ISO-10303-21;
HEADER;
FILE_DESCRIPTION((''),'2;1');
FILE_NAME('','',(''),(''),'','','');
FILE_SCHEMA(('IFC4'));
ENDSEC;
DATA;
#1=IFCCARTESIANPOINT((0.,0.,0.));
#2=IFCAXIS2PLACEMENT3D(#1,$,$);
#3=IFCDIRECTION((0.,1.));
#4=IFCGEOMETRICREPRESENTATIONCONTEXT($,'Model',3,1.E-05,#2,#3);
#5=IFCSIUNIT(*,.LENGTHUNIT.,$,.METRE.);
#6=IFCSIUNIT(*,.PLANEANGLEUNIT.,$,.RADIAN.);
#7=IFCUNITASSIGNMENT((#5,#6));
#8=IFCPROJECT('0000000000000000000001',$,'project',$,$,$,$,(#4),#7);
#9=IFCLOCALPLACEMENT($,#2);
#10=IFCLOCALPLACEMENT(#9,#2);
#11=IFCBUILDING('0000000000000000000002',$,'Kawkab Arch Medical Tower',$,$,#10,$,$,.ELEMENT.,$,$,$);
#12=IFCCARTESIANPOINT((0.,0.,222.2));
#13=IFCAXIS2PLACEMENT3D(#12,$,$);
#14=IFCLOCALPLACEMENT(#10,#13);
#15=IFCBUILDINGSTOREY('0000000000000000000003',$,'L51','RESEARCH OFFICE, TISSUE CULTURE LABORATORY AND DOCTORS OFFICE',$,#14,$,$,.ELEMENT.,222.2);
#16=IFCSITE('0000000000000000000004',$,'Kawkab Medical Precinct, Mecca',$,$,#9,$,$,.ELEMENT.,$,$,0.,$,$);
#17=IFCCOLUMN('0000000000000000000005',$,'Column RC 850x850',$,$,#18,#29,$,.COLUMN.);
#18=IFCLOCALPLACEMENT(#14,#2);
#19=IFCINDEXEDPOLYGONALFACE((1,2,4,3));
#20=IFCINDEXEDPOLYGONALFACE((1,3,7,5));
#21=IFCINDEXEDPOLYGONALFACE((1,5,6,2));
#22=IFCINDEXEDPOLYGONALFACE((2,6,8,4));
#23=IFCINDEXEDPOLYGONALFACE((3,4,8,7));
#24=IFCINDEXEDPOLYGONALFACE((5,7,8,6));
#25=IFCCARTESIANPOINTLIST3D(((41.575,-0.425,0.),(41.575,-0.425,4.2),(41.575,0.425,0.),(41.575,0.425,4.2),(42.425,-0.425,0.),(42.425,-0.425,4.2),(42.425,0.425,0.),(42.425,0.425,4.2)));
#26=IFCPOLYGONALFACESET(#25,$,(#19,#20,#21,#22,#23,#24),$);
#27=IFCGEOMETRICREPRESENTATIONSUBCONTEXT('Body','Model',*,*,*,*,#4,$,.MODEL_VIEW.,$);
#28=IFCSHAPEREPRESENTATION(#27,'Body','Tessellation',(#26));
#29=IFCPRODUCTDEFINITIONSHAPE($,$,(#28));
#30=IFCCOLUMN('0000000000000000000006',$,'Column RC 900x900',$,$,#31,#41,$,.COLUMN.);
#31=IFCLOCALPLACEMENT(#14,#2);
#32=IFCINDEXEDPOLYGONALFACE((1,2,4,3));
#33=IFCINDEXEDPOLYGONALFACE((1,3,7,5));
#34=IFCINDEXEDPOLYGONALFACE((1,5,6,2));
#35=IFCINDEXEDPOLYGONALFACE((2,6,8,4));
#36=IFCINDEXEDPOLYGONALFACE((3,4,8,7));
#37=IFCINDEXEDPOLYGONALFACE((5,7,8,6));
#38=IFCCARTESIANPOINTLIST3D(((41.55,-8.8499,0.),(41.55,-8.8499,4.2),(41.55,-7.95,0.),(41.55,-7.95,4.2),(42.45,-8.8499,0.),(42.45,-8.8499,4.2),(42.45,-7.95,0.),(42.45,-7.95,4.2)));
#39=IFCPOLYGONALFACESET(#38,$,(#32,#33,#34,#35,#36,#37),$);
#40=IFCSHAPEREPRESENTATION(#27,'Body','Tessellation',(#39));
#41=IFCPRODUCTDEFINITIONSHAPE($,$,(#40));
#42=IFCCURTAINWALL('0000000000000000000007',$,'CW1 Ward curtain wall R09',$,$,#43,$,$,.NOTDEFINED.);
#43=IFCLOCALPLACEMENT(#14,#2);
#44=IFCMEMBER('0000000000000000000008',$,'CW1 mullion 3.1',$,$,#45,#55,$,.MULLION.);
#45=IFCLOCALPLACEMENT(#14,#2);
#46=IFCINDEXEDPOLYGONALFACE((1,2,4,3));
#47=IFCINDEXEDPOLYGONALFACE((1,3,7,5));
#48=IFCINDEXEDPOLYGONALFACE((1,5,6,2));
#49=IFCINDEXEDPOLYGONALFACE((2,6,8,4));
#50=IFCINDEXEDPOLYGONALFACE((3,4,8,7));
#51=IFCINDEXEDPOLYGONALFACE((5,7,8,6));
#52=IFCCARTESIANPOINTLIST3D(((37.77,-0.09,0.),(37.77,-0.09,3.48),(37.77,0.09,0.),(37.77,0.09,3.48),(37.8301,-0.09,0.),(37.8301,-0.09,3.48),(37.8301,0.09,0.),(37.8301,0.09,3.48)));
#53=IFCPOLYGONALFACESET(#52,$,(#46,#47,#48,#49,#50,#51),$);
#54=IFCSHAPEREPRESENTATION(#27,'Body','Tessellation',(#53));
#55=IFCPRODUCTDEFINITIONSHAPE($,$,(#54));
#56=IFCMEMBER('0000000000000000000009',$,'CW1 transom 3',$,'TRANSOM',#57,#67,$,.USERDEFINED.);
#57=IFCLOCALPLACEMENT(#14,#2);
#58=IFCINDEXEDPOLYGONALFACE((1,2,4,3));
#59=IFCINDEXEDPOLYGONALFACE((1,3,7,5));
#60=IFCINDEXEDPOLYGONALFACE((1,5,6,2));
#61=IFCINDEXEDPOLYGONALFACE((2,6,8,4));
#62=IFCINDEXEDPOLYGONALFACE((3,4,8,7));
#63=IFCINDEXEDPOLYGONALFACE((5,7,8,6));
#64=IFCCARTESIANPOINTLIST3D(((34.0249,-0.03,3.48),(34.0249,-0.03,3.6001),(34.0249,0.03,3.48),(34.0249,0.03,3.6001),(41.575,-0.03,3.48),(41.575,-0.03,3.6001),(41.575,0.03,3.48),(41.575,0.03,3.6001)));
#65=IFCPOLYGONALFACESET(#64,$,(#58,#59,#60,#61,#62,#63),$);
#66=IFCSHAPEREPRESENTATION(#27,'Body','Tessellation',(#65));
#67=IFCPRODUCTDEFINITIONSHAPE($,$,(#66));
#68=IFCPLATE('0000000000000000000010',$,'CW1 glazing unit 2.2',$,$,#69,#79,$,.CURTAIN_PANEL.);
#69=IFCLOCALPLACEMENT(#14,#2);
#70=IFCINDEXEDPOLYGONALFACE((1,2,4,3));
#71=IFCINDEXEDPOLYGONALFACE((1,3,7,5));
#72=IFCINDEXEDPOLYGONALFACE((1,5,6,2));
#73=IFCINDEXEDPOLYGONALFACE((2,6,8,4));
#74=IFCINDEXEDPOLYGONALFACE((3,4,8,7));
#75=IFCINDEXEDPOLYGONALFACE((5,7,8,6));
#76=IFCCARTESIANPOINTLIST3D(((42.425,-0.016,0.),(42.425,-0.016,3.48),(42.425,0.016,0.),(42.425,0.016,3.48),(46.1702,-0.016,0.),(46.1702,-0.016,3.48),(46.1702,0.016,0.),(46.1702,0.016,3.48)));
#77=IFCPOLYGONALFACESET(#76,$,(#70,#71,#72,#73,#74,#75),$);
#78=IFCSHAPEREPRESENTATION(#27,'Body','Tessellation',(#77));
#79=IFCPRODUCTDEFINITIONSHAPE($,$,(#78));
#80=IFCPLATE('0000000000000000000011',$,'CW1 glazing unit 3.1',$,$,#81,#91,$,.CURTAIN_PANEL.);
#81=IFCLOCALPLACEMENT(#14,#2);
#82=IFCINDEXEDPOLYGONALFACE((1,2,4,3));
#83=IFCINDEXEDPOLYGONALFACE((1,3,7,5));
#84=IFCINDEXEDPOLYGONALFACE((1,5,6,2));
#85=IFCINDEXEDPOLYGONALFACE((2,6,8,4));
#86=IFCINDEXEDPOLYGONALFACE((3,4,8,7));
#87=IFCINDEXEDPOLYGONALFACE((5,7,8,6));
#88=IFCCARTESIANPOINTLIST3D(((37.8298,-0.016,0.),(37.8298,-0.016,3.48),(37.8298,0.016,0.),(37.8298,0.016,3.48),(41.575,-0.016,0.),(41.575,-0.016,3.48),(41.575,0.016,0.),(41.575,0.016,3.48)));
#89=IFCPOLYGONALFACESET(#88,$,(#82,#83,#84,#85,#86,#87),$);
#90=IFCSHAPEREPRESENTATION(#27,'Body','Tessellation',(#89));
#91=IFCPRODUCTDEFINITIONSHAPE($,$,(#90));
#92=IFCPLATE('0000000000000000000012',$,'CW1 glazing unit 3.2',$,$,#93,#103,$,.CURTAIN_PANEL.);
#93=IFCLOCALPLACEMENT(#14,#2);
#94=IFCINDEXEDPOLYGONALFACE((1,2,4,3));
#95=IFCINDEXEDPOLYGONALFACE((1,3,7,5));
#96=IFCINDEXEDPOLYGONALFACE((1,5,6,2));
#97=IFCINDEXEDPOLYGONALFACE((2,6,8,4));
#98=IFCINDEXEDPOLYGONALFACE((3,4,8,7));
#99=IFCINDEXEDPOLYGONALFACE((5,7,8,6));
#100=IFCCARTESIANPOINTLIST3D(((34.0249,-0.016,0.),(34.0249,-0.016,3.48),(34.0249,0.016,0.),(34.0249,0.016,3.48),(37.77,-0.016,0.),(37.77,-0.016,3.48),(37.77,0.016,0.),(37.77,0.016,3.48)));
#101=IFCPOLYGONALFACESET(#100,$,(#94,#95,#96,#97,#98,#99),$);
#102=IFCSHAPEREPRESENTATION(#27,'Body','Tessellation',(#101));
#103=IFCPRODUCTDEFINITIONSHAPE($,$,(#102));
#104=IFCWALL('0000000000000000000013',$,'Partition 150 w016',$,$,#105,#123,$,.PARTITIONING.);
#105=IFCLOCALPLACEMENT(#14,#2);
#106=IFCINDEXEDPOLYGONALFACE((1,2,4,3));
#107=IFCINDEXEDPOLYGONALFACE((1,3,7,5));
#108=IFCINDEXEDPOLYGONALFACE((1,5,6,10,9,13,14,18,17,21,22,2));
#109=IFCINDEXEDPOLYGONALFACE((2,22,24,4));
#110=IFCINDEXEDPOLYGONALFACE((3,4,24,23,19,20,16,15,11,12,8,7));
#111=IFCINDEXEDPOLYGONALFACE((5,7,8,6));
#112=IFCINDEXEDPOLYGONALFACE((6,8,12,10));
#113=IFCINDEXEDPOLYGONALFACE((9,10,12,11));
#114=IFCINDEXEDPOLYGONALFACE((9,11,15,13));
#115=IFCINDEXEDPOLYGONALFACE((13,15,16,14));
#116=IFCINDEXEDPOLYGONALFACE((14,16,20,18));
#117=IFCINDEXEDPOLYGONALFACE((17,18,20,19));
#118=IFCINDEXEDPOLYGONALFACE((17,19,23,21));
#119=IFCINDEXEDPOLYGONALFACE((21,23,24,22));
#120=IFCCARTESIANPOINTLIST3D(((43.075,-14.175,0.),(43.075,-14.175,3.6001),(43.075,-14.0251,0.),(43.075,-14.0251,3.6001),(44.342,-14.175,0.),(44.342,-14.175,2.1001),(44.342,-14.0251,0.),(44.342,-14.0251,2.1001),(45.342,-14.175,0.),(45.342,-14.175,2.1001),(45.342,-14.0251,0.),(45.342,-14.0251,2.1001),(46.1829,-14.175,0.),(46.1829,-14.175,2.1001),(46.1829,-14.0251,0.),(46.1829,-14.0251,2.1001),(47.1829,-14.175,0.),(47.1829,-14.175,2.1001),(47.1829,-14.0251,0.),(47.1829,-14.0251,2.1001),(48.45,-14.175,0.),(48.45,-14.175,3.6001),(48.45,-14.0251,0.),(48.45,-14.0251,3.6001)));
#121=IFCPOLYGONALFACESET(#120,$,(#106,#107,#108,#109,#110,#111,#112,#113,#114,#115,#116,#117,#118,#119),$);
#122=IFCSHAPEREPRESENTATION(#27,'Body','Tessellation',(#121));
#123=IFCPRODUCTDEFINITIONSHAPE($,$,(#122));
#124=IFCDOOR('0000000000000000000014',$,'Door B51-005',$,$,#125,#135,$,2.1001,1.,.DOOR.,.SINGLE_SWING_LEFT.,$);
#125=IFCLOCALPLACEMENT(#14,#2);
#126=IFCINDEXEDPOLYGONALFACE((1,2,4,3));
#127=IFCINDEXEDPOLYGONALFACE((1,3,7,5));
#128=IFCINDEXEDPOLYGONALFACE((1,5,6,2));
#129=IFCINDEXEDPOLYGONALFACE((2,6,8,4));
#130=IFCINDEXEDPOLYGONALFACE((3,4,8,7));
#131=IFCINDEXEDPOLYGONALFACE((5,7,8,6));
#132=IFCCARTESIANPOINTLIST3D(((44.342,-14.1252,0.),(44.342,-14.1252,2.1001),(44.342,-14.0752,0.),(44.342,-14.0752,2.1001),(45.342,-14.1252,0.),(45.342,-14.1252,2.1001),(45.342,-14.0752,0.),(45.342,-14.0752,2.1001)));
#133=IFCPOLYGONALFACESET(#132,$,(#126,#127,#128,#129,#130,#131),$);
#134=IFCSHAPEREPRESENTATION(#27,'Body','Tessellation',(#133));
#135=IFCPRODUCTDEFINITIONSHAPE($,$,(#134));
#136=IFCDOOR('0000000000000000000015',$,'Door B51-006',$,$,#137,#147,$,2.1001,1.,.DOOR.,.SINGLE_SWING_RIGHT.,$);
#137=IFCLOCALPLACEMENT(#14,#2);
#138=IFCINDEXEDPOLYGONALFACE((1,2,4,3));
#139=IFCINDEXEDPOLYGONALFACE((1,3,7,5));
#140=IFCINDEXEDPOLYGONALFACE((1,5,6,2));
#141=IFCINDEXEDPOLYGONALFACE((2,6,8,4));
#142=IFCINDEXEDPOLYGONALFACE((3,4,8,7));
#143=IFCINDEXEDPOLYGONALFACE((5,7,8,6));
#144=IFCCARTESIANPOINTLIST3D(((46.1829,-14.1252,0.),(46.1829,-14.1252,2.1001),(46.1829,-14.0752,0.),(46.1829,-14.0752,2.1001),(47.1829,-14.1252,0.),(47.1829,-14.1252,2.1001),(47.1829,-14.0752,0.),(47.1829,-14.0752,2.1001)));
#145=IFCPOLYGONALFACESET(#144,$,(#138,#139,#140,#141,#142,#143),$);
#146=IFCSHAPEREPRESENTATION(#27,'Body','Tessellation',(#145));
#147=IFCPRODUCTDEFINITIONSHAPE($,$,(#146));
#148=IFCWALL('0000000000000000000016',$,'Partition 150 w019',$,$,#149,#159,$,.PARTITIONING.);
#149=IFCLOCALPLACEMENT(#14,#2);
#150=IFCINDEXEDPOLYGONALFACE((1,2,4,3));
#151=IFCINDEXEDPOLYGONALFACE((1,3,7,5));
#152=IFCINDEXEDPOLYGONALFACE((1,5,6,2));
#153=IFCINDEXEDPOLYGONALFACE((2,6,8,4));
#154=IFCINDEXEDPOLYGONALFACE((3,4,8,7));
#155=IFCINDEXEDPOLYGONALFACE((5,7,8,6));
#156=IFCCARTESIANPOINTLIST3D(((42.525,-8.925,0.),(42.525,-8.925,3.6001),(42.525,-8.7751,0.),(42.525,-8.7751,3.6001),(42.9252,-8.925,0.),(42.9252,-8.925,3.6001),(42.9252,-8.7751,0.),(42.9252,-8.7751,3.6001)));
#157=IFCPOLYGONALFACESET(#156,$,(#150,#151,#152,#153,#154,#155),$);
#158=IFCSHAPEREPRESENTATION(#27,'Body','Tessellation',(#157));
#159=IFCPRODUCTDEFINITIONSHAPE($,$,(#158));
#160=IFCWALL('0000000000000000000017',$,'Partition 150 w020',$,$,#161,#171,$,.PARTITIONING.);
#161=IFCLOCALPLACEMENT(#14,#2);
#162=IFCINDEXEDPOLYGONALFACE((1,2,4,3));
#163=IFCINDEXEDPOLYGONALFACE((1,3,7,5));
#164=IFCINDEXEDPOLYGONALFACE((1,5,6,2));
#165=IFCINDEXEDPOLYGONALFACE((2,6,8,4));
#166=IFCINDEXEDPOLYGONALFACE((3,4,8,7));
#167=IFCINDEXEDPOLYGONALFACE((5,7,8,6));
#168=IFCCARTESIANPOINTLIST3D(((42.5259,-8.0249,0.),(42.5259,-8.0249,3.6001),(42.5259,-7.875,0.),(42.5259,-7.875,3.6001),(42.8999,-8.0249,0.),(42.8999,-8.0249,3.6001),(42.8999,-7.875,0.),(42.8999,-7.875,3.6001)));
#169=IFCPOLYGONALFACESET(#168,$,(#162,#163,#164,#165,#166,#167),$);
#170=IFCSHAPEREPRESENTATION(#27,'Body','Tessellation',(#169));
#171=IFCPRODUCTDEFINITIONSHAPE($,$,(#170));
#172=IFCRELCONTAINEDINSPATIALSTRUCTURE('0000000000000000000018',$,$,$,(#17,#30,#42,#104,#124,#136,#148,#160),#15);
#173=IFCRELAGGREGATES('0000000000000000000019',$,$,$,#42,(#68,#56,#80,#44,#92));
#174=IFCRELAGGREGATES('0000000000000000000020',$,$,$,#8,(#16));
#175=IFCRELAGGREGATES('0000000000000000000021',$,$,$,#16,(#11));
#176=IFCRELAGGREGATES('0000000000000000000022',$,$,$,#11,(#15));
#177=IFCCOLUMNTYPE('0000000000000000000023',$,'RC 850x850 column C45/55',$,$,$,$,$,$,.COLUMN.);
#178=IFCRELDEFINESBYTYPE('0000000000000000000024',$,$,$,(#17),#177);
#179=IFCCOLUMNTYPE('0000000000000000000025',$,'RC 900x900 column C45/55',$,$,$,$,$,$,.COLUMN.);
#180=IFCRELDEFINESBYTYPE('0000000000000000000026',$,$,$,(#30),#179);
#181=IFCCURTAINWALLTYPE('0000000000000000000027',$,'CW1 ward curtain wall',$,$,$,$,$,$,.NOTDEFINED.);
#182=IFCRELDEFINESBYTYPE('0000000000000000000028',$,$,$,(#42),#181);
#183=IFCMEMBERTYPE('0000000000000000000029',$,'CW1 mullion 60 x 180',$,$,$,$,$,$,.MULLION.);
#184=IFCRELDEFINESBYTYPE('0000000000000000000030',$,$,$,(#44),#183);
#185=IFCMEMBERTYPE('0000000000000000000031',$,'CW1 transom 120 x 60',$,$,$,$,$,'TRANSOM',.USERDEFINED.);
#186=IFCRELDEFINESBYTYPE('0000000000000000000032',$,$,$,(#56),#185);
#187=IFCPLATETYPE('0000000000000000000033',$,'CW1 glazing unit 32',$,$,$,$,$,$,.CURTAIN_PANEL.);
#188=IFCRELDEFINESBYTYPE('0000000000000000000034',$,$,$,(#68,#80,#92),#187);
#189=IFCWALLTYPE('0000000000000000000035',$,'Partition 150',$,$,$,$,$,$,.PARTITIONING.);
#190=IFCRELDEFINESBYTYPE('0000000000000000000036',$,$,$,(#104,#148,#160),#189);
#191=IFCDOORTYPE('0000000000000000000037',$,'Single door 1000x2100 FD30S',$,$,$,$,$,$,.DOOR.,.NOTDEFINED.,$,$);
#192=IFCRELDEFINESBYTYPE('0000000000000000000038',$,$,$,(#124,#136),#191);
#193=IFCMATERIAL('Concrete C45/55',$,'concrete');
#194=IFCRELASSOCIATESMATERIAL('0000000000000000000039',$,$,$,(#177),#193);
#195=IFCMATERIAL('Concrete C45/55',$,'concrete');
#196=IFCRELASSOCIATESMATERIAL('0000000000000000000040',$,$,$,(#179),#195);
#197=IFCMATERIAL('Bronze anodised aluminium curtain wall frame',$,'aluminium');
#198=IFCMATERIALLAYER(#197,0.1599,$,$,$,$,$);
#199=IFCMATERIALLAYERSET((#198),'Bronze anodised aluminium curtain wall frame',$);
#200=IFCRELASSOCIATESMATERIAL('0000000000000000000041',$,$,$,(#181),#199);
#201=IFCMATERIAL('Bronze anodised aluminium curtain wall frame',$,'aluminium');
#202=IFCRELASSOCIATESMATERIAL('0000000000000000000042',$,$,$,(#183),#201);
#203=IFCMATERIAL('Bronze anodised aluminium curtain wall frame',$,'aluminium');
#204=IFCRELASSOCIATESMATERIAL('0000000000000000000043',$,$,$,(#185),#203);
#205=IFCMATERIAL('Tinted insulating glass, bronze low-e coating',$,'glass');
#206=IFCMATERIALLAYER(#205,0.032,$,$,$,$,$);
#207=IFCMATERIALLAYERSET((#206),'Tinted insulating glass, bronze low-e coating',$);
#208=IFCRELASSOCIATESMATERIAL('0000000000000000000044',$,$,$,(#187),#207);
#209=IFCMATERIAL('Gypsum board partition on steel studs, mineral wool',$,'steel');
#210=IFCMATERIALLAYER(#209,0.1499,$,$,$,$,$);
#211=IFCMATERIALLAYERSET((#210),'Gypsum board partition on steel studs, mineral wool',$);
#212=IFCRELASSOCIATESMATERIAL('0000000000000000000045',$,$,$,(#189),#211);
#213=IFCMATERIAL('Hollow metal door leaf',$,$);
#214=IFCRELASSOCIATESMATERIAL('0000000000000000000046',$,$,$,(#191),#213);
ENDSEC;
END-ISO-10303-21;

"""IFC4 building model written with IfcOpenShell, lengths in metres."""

from ifc_helpers import new_model, si_unit, direction, frame, frame_2d, origin, origin_2d, place, context, subcontext, project, spatial, rectangle, extrude, material, layer, layer_set, material_profile, profile_set, type_object, element, fill, aggregate, save


model = new_model("IFC4")

# Units and contexts
model_context = context("Model", 3, precision=1e-05, world=origin(), true_north=direction((0.0, 1.0)))
body_context = subcontext(model_context, "Body", "Model", "MODEL_VIEW")
ifc_project = project(units=[si_unit("LENGTHUNIT", "METRE"), si_unit("PLANEANGLEUNIT", "RADIAN")], contexts=[model_context])

# Site, building, storey
site_placement = place(None, origin())
site = spatial("IfcSite", under=ifc_project, at=site_placement, Name="Kawkab Medical Precinct, Mecca", CompositionType="ELEMENT", RefElevation=0.0)
building_placement = place(site_placement, origin())
building = spatial("IfcBuilding", under=site, at=building_placement, Name="Kawkab Arch Medical Tower", CompositionType="ELEMENT")
storey_placement = place(building_placement, frame((0.0, 0.0, 222.2)))
storey = spatial("IfcBuildingStorey", under=building, at=storey_placement, Name="L51", Description="RESEARCH OFFICE, TISSUE CULTURE LABORATORY AND DOCTORS OFFICE", CompositionType="ELEMENT", Elevation=222.2)

# Columns
ifc_material_1 = material(Name="Concrete C45/55", Category="concrete")
ifc_material_profile_1 = material_profile(ifc_material_1, rectangle(XDim=0.8501, YDim=0.8501, at=origin_2d()), Name="RC 850x850")
ifc_profile_set_1 = profile_set([ifc_material_profile_1], Name="Concrete C45/55")
column_type_1 = type_object("IfcColumnType", Name="RC 850x850 column C45/55", PredefinedType="COLUMN", material=ifc_profile_set_1)
column_1_placement = place(storey_placement, frame((42.0, 0.0, 0.0), z_axis=(0.0, 0.0, 1.0), x_axis=(1.0, 0.0, 0.0)))
element("IfcColumn", 1, at=column_1_placement, inside=storey, type_object=column_type_1, Name="Column RC 850x850", PredefinedType="COLUMN", context=body_context, shape_type="SweptSolid", body=[
    extrude(rectangle(XDim=0.8501, YDim=0.8501, at=origin_2d()), origin(), (0.0, 0.0, 1.0), 4.2),
])
ifc_material_2 = material(Name="Concrete C45/55", Category="concrete")
ifc_material_profile_2 = material_profile(ifc_material_2, rectangle(XDim=0.8999, YDim=0.8999, at=origin_2d()), Name="RC 900x900")
ifc_profile_set_2 = profile_set([ifc_material_profile_2], Name="Concrete C45/55")
column_type_2 = type_object("IfcColumnType", Name="RC 900x900 column C45/55", PredefinedType="COLUMN", material=ifc_profile_set_2)
column_2_placement = place(storey_placement, frame((42.0, -8.3999, 0.0), z_axis=(0.0, 0.0, 1.0), x_axis=(1.0, 0.0, 0.0)))
element("IfcColumn", 2, at=column_2_placement, inside=storey, type_object=column_type_2, Name="Column RC 900x900", PredefinedType="COLUMN", context=body_context, shape_type="SweptSolid", body=[
    extrude(rectangle(XDim=0.8999, YDim=0.8999, at=origin_2d()), origin(), (0.0, 0.0, 1.0), 4.2),
])

# Curtain wall, members, plates
ifc_material_3 = material(Name="Bronze anodised aluminium curtain wall frame", Category="aluminium")
ifc_layer_1 = layer(ifc_material_3, 0.1599)
ifc_layer_set_1 = layer_set([ifc_layer_1], Name="Bronze anodised aluminium curtain wall frame")
curtain_wall_type = type_object("IfcCurtainWallType", Name="CW1 ward curtain wall", PredefinedType="NOTDEFINED", material=ifc_layer_set_1)
placement = place(storey_placement, origin())
curtain_wall = element("IfcCurtainWall", 3, at=placement, inside=storey, type_object=curtain_wall_type, Name="CW1 Ward curtain wall R09", PredefinedType="NOTDEFINED")
ifc_material_4 = material(Name="Bronze anodised aluminium curtain wall frame", Category="aluminium")
ifc_material_profile_3 = material_profile(ifc_material_4, rectangle(XDim=0.1799, YDim=0.0601, at=origin_2d()), Name="AL 60x180")
ifc_profile_set_3 = profile_set([ifc_material_profile_3], Name="Bronze anodised aluminium curtain wall frame")
member_type_1 = type_object("IfcMemberType", Name="CW1 mullion 60 x 180", PredefinedType="MULLION", material=ifc_profile_set_3)
member_1_placement = place(storey_placement, frame((37.8, 0.0, 0.0), z_axis=(0.0, 0.0, 1.0), x_axis=(0.0, -1.0, 0.0)))
member_1 = element("IfcMember", 4, at=member_1_placement, type_object=member_type_1, Name="CW1 mullion 3.1", PredefinedType="MULLION", context=body_context, shape_type="SweptSolid", body=[
    extrude(rectangle(XDim=0.1799, YDim=0.0601, at=origin_2d()), origin(), (0.0, 0.0, 1.0), 3.48),
])
ifc_material_5 = material(Name="Bronze anodised aluminium curtain wall frame", Category="aluminium")
ifc_material_profile_4 = material_profile(ifc_material_5, rectangle(XDim=0.0601, YDim=0.1201, at=origin_2d()), Name="AL 60x120")
ifc_profile_set_4 = profile_set([ifc_material_profile_4], Name="Bronze anodised aluminium curtain wall frame")
member_type_2 = type_object("IfcMemberType", Name="CW1 transom 120 x 60", ElementType="TRANSOM", PredefinedType="USERDEFINED", material=ifc_profile_set_4)
member_2_placement = place(storey_placement, frame((41.575, 0.0, 3.54), z_axis=(-1.0, 0.0, 0.0), x_axis=(0.0, -1.0, 0.0)))
member_2 = element("IfcMember", 5, at=member_2_placement, type_object=member_type_2, Name="CW1 transom 3", ObjectType="TRANSOM", PredefinedType="USERDEFINED", context=body_context, shape_type="SweptSolid", body=[
    extrude(rectangle(XDim=0.0601, YDim=0.1201, at=origin_2d()), origin(), (0.0, 0.0, 1.0), 7.55),
])
ifc_material_6 = material(Name="Tinted insulating glass, bronze low-e coating", Category="glass")
ifc_layer_2 = layer(ifc_material_6, 0.032)
ifc_layer_set_2 = layer_set([ifc_layer_2], Name="Tinted insulating glass, bronze low-e coating")
plate_type = type_object("IfcPlateType", Name="CW1 glazing unit 32", PredefinedType="CURTAIN_PANEL", material=ifc_layer_set_2)
plate_1_placement = place(storey_placement, frame((44.2976, 0.0, 0.0), z_axis=(0.0, 0.0, 1.0), x_axis=(-1.0, 0.0, 0.0)))
plate_1 = element("IfcPlate", 6, at=plate_1_placement, type_object=plate_type, Name="CW1 glazing unit 2.2", PredefinedType="CURTAIN_PANEL", context=body_context, shape_type="SweptSolid", body=[
    extrude(rectangle(XDim=3.7451, YDim=0.032, at=origin_2d()), origin(), (0.0, 0.0, 1.0), 3.48),
])
plate_2_placement = place(storey_placement, frame((39.7024, 0.0, 0.0), z_axis=(0.0, 0.0, 1.0), x_axis=(-1.0, 0.0, 0.0)))
plate_2 = element("IfcPlate", 7, at=plate_2_placement, type_object=plate_type, Name="CW1 glazing unit 3.1", PredefinedType="CURTAIN_PANEL", context=body_context, shape_type="SweptSolid", body=[
    extrude(rectangle(XDim=3.7451, YDim=0.032, at=origin_2d()), origin(), (0.0, 0.0, 1.0), 3.48),
])
plate_3_placement = place(storey_placement, frame((35.8975, 0.0, 0.0), z_axis=(0.0, 0.0, 1.0), x_axis=(-1.0, 0.0, 0.0)))
plate_3 = element("IfcPlate", 8, at=plate_3_placement, type_object=plate_type, Name="CW1 glazing unit 3.2", PredefinedType="CURTAIN_PANEL", context=body_context, shape_type="SweptSolid", body=[
    extrude(rectangle(XDim=3.7451, YDim=0.032, at=origin_2d()), origin(), (0.0, 0.0, 1.0), 3.48),
])
aggregate(curtain_wall, [plate_1, member_2, plate_2, member_1, plate_3])

# Wall, openings, doors
ifc_material_7 = material(Name="Gypsum board partition on steel studs, mineral wool", Category="steel")
ifc_layer_3 = layer(ifc_material_7, 0.1499)
ifc_layer_set_3 = layer_set([ifc_layer_3], Name="Gypsum board partition on steel studs, mineral wool")
wall_type_1 = type_object("IfcWallType", Name="Partition 150", PredefinedType="PARTITIONING", material=ifc_layer_set_3)
wall_1_placement = place(storey_placement, frame((43.075, -14.1001, 0.0), z_axis=(0.0, 0.0, 1.0), x_axis=(1.0, 0.0, 0.0)))
wall_1 = element("IfcWall", 9, at=wall_1_placement, inside=storey, type_object=wall_type_1, Name="Partition 150 w016", PredefinedType="PARTITIONING", context=body_context, shape_type="SweptSolid", body=[
    extrude(rectangle(XDim=5.375, YDim=0.1499, at=frame_2d((2.6875, 0.0))), origin(), (0.0, 0.0, 1.0), 3.6001),
])
opening_1_placement = place(wall_1_placement, frame((1.2671, 0.0, 0.0)))
opening_1 = element("IfcOpeningElement", 10, at=opening_1_placement, cuts=wall_1, PredefinedType="OPENING", context=body_context, shape_type="SweptSolid", body=[
    extrude(rectangle(XDim=1.0, YDim=2.1001, at=frame_2d((0.5, 1.05))), frame((0.0, 0.085, 0.0), z_axis=(0.0, -1.0, 0.0), x_axis=(1.0, 0.0, 0.0)), (0.0, 0.0, 1.0), 0.1699),
])
opening_2_placement = place(wall_1_placement, frame((3.1079, 0.0, 0.0)))
opening_2 = element("IfcOpeningElement", 11, at=opening_2_placement, cuts=wall_1, PredefinedType="OPENING", context=body_context, shape_type="SweptSolid", body=[
    extrude(rectangle(XDim=1.0, YDim=2.1001, at=frame_2d((0.5, 1.05))), frame((0.0, 0.085, 0.0), z_axis=(0.0, -1.0, 0.0), x_axis=(1.0, 0.0, 0.0)), (0.0, 0.0, 1.0), 0.1699),
])
ifc_material_8 = material(Name="Hollow metal door leaf")
door_type_1 = type_object("IfcDoorType", Name="Single door 1000x2100 FD30S", OperationType="NOTDEFINED", PredefinedType="DOOR", material=ifc_material_8)
door_1_placement = place(opening_1_placement, origin())
door_1 = element("IfcDoor", 12, at=door_1_placement, inside=storey, type_object=door_type_1, Name="Door B51-005", OperationType="SINGLE_SWING_LEFT", OverallHeight=2.1001, OverallWidth=1.0, PredefinedType="DOOR", context=body_context, shape_type="SweptSolid", body=[
    extrude(rectangle(XDim=1.0, YDim=2.1001, at=frame_2d((0.5, 1.05))), frame((0.0, 0.0249, 0.0), z_axis=(0.0, -1.0, 0.0), x_axis=(1.0, 0.0, 0.0)), (0.0, 0.0, 1.0), 0.05),
])
fill(opening_1, door_1)
door_2_placement = place(opening_2_placement, origin())
door_2 = element("IfcDoor", 13, at=door_2_placement, inside=storey, type_object=door_type_1, Name="Door B51-006", OperationType="SINGLE_SWING_RIGHT", OverallHeight=2.1001, OverallWidth=1.0, PredefinedType="DOOR", context=body_context, shape_type="SweptSolid", body=[
    extrude(rectangle(XDim=1.0, YDim=2.1001, at=frame_2d((0.5, 1.05))), frame((0.0, 0.0249, 0.0), z_axis=(0.0, -1.0, 0.0), x_axis=(1.0, 0.0, 0.0)), (0.0, 0.0, 1.0), 0.05),
])
fill(opening_2, door_2)

# Walls
wall_2_placement = place(storey_placement, frame((42.5249, -8.8501, 0.0), z_axis=(0.0, 0.0, 1.0), x_axis=(1.0, 0.0, 0.0)))
element("IfcWall", 14, at=wall_2_placement, inside=storey, type_object=wall_type_1, Name="Partition 150 w019", PredefinedType="PARTITIONING", context=body_context, shape_type="SweptSolid", body=[
    extrude(rectangle(XDim=0.4001, YDim=0.1499, at=frame_2d((0.2002, 0.0))), origin(), (0.0, 0.0, 1.0), 3.6001),
])
wall_3_placement = place(storey_placement, frame((42.5259, -7.95, 0.0), z_axis=(0.0, 0.0, 1.0), x_axis=(1.0, 0.0, 0.0)))
element("IfcWall", 15, at=wall_3_placement, inside=storey, type_object=wall_type_1, Name="Partition 150 w020", PredefinedType="PARTITIONING", context=body_context, shape_type="SweptSolid", body=[
    extrude(rectangle(XDim=0.374, YDim=0.1499, at=frame_2d((0.187, 0.0))), origin(), (0.0, 0.0, 1.0), 3.6001),
])

save(model, "model.ifc")
